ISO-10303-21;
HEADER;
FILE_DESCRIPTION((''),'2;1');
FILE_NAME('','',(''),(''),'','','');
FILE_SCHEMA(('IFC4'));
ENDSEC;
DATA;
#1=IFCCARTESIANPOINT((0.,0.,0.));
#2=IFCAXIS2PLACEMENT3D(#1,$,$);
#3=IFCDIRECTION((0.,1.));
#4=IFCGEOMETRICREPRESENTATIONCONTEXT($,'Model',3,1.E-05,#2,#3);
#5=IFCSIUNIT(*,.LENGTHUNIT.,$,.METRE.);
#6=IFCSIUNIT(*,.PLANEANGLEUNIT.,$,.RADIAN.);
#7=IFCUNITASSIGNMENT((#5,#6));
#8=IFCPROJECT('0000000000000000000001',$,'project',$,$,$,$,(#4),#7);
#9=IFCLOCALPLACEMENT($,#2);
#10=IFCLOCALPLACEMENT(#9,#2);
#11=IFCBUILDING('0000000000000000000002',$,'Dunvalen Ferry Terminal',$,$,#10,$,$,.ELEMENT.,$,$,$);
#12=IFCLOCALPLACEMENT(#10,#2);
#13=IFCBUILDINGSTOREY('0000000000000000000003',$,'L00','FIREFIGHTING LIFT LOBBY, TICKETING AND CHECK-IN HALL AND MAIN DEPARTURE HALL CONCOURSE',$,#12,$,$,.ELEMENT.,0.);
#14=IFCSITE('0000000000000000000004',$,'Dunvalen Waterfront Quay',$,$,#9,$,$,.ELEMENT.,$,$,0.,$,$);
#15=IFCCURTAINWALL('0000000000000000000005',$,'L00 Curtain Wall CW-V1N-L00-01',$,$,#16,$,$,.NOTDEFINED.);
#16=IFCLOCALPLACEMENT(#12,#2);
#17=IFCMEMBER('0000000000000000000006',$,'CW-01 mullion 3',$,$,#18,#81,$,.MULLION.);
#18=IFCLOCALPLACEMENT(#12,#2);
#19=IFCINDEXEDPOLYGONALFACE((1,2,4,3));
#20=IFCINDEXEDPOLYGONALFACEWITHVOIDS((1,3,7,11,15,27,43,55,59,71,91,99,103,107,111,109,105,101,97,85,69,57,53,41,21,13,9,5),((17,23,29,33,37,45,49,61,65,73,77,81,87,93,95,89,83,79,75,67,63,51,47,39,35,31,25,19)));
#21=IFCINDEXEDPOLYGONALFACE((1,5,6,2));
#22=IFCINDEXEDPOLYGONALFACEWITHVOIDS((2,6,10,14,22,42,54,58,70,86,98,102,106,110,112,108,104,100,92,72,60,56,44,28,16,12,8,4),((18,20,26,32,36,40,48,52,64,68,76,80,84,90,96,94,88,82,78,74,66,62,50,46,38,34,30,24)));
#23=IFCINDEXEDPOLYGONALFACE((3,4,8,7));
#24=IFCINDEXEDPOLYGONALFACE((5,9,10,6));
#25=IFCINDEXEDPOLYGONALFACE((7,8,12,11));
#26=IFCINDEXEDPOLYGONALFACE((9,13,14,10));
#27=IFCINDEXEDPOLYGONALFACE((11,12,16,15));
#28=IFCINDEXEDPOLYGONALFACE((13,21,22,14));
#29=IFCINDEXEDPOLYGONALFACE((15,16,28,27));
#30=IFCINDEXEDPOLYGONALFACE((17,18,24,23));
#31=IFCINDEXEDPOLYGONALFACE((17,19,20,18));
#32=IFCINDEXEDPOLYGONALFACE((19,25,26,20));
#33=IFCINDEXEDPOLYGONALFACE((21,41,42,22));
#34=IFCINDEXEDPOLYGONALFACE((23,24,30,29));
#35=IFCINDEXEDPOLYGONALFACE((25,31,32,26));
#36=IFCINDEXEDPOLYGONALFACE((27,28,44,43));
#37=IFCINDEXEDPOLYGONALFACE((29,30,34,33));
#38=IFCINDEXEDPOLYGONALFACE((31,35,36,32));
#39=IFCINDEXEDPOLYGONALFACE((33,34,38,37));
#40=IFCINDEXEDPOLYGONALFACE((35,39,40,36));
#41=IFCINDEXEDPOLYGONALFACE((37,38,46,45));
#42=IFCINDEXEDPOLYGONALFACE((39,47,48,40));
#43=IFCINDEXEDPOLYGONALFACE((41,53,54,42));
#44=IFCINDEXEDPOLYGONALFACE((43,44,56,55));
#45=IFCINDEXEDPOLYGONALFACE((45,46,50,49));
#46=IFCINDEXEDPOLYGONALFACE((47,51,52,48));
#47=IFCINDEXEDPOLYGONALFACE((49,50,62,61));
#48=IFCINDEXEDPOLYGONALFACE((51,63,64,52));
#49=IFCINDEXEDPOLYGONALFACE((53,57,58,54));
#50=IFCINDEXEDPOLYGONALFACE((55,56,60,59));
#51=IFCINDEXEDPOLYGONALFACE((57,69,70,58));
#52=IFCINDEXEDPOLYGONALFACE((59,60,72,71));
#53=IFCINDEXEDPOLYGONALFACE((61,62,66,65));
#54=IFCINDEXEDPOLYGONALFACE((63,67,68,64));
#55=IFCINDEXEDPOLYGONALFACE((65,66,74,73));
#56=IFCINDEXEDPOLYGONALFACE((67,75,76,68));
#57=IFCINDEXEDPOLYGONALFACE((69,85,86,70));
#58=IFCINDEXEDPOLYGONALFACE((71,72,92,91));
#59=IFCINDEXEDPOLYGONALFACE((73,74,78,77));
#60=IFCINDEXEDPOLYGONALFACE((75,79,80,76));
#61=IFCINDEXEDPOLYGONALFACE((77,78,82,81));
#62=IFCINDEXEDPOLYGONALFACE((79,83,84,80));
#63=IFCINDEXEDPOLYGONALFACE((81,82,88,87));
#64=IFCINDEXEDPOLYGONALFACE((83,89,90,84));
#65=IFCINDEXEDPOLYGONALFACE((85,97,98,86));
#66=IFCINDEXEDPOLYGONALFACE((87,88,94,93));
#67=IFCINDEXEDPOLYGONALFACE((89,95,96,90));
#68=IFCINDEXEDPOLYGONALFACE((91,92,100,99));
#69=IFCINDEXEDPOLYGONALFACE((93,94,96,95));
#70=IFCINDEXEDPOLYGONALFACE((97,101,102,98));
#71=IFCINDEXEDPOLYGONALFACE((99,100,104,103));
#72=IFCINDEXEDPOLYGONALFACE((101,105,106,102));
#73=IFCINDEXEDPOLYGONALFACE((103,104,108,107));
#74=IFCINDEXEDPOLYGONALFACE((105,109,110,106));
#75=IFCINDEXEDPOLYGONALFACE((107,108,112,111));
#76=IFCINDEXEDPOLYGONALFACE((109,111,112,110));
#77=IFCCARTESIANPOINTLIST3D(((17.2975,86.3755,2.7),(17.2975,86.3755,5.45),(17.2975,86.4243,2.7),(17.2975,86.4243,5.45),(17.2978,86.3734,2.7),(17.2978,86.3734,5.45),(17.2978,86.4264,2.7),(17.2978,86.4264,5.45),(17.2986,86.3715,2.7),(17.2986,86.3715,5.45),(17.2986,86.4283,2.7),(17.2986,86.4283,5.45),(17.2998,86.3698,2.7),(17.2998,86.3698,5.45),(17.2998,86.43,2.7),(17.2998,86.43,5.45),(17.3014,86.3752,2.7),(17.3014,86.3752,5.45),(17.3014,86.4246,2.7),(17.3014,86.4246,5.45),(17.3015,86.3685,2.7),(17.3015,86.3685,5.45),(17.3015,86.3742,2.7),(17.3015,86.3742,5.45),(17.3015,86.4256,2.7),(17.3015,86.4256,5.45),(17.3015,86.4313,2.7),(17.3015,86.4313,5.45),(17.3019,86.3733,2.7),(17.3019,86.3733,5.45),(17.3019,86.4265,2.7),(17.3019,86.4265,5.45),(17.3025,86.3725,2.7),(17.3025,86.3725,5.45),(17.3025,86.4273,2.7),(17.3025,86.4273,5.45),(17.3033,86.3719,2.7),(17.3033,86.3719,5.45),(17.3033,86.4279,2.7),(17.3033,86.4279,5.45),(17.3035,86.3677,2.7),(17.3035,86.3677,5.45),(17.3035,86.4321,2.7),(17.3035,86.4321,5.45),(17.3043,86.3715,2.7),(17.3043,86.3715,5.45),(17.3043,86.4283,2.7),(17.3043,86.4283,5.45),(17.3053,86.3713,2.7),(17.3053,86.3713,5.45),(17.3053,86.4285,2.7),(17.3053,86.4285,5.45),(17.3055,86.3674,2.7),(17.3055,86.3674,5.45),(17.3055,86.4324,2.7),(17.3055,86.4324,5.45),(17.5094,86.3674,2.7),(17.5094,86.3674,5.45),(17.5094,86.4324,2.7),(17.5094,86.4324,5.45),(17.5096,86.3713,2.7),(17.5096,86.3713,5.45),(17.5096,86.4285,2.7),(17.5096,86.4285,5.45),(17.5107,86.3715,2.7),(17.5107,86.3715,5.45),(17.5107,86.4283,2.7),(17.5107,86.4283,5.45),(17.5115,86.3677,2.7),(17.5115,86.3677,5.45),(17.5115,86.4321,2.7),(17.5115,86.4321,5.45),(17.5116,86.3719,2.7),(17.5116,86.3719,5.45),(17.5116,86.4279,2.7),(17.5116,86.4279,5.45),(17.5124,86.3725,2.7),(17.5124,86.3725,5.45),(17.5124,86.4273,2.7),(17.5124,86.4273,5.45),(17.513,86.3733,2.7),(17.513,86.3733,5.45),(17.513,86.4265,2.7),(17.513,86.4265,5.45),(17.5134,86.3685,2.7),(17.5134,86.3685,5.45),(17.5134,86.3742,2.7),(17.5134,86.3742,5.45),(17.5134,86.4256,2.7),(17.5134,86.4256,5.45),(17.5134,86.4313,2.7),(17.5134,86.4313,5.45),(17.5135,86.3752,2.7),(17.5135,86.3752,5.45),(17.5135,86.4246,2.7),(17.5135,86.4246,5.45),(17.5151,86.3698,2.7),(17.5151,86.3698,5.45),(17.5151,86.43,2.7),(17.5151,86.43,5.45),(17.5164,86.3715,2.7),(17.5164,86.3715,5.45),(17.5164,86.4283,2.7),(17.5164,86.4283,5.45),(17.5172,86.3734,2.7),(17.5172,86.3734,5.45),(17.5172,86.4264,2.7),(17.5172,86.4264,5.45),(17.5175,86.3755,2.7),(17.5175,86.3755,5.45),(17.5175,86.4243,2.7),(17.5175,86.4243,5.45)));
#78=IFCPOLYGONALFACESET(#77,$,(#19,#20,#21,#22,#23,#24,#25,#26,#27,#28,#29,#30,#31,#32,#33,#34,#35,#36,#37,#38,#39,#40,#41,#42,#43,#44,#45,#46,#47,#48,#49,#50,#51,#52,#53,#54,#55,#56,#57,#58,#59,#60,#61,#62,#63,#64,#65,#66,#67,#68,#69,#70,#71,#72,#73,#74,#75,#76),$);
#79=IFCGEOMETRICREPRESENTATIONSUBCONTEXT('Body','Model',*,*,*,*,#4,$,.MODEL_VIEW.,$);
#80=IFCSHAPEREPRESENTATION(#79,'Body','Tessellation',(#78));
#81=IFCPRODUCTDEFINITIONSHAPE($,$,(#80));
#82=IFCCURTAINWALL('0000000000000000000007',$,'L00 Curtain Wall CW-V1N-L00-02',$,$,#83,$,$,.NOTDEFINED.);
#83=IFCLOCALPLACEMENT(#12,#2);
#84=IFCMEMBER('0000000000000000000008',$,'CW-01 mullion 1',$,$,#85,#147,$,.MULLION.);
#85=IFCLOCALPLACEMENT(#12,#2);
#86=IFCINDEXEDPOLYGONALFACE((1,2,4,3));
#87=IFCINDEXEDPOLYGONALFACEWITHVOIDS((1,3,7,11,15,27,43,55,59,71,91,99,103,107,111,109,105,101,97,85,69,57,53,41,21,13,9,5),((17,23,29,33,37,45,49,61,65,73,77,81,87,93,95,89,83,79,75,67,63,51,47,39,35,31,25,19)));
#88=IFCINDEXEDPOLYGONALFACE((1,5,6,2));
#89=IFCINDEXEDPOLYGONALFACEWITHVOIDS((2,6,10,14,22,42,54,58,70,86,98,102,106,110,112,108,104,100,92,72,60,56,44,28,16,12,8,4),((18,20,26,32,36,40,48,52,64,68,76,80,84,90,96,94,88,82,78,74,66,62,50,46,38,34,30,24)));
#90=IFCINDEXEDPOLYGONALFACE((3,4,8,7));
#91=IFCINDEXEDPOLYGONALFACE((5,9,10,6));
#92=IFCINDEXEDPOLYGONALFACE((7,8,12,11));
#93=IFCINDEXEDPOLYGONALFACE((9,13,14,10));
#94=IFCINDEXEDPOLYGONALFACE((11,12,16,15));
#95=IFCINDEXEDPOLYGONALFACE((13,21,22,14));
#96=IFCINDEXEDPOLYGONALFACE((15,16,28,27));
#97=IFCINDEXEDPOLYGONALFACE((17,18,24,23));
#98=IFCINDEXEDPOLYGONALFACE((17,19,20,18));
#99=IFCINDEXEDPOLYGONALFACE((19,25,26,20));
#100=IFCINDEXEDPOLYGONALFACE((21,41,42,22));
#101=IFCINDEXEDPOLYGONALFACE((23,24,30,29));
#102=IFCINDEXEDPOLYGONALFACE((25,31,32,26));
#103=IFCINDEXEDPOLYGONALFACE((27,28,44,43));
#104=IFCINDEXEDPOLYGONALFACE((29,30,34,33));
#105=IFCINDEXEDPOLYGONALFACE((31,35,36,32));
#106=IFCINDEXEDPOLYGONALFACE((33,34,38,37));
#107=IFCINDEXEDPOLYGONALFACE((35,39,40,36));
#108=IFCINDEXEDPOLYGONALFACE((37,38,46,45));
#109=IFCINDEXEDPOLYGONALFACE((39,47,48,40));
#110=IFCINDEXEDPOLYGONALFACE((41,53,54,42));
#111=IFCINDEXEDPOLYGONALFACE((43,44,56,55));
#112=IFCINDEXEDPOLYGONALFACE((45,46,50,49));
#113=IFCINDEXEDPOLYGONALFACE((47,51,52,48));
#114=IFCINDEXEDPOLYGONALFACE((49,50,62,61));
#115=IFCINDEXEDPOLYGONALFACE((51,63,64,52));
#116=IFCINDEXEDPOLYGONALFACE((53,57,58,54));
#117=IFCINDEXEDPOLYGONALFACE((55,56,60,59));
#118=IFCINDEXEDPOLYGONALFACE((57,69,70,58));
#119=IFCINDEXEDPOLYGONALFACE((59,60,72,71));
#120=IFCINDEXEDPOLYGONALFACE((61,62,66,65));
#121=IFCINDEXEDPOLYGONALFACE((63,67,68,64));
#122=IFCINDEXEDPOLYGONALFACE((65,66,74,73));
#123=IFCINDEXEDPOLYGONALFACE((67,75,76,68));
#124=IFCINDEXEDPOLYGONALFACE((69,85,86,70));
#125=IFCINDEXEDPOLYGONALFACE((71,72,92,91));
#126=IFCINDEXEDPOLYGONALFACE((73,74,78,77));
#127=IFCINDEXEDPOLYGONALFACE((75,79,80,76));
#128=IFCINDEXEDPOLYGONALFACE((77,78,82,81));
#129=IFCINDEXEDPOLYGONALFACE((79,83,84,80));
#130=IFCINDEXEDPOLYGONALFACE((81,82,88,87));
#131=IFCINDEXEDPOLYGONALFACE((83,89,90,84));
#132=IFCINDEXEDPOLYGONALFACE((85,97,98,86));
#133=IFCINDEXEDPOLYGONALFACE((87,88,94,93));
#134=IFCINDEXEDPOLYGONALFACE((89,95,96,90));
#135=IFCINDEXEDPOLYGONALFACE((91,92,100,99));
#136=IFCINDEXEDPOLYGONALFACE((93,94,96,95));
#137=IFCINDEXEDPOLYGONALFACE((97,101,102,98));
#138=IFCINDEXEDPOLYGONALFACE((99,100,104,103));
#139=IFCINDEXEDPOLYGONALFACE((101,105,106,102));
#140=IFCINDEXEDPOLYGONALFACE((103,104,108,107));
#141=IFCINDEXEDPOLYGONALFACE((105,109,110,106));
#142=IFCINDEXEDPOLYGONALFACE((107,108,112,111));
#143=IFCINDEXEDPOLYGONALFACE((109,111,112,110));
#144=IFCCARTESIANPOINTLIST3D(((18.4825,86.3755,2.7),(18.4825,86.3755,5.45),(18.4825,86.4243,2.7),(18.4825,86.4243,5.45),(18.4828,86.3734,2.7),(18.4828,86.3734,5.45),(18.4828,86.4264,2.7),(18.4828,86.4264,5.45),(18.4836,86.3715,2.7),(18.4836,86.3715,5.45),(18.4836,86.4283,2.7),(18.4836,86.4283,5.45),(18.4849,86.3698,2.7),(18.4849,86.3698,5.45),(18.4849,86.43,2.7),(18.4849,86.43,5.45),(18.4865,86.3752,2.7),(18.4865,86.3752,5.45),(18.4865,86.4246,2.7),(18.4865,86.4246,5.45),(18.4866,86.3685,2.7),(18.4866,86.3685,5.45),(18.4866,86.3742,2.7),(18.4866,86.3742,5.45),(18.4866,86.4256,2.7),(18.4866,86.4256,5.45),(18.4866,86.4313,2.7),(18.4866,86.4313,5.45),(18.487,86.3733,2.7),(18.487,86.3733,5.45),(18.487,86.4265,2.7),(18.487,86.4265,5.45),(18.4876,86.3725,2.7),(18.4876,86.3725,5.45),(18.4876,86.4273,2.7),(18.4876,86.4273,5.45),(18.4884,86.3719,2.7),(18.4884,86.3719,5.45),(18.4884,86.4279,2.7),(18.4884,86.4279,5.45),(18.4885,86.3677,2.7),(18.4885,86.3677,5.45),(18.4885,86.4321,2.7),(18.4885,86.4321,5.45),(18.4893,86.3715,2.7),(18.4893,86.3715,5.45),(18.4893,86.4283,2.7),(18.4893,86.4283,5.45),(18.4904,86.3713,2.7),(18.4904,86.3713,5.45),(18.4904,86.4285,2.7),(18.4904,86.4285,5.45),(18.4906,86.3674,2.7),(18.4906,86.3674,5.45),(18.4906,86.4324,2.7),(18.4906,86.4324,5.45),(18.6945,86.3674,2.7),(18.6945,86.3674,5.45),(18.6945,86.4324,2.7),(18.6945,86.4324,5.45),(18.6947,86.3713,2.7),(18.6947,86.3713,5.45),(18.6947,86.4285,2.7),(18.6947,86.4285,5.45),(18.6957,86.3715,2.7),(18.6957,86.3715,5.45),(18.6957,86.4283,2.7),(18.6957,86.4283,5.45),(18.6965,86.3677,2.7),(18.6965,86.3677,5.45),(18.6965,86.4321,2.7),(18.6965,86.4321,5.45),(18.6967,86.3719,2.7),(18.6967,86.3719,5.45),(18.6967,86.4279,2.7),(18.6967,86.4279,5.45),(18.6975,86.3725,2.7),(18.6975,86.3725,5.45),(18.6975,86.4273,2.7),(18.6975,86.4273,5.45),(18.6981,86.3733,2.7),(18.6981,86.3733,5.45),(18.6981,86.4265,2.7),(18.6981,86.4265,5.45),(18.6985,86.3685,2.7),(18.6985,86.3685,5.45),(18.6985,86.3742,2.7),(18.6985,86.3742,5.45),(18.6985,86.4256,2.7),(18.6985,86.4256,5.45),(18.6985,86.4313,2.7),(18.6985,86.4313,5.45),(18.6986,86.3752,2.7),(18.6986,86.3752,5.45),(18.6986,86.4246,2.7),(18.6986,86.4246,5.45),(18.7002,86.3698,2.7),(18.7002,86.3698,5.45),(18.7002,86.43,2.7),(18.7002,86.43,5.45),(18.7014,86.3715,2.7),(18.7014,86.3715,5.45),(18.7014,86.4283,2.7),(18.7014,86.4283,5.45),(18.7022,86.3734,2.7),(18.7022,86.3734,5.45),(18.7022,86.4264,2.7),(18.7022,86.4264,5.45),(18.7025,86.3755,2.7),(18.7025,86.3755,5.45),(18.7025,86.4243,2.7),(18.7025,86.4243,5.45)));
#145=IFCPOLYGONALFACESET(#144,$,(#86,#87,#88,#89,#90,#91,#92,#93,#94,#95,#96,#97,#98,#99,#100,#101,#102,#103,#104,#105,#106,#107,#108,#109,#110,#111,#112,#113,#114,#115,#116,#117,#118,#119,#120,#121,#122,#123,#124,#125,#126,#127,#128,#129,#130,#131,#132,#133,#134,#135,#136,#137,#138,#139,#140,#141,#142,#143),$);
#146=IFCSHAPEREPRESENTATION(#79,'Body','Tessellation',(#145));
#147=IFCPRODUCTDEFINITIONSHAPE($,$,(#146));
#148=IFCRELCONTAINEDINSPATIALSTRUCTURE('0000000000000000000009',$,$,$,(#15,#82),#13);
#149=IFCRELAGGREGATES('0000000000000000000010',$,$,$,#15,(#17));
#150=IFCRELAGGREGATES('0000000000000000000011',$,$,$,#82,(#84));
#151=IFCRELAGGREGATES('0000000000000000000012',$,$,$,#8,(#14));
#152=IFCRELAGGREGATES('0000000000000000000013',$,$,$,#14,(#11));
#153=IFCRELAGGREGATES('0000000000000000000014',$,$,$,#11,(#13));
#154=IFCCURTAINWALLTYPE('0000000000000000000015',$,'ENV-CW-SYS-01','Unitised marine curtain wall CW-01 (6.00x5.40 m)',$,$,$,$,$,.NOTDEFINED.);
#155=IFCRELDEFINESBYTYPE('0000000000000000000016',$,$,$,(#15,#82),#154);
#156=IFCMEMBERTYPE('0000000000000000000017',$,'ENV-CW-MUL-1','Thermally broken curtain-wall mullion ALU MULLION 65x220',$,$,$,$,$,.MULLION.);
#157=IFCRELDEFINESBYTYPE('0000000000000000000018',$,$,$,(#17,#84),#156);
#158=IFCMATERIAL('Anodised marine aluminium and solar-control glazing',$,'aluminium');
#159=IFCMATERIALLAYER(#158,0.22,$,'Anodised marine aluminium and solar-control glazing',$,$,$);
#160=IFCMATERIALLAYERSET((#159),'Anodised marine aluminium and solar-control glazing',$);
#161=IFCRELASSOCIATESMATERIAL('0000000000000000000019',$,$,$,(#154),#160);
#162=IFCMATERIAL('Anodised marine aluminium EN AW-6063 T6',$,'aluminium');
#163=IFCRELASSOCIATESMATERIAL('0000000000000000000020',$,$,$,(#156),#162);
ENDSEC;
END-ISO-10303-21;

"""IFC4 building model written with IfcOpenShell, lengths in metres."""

from ifc_helpers import new_model, si_unit, direction, frame, origin, origin_2d, place, context, subcontext, project, spatial, hollow_rectangle, extrude, material, layer, layer_set, material_profile, profile_set, type_object, element, aggregate, save


model = new_model("IFC4")

# Units and contexts
model_context = context("Model", 3, precision=1e-05, world=origin(), true_north=direction((0.0, 1.0)))
body_context = subcontext(model_context, "Body", "Model", "MODEL_VIEW")
ifc_project = project(units=[si_unit("LENGTHUNIT", "METRE"), si_unit("PLANEANGLEUNIT", "RADIAN")], contexts=[model_context])

# Site, building, storey
site_placement = place(None, origin())
site = spatial("IfcSite", under=ifc_project, at=site_placement, Name="Dunvalen Waterfront Quay", CompositionType="ELEMENT", RefElevation=0.0)
building_placement = place(site_placement, origin())
building = spatial("IfcBuilding", under=site, at=building_placement, Name="Dunvalen Ferry Terminal", CompositionType="ELEMENT")
storey_placement = place(building_placement, origin())
storey = spatial("IfcBuildingStorey", under=building, at=storey_placement, Name="L00", Description="FIREFIGHTING LIFT LOBBY, TICKETING AND CHECK-IN HALL AND MAIN DEPARTURE HALL CONCOURSE", CompositionType="ELEMENT", Elevation=0.0)

# Curtain walls, members
ifc_material_1 = material(Name="Anodised marine aluminium and solar-control glazing", Category="aluminium")
ifc_layer_1 = layer(ifc_material_1, 0.22, Name="Anodised marine aluminium and solar-control glazing")
ifc_layer_set_1 = layer_set([ifc_layer_1], Name="Anodised marine aluminium and solar-control glazing")
curtain_wall_type = type_object("IfcCurtainWallType", Name="ENV-CW-SYS-01", Description="Unitised marine curtain wall CW-01 (6.00x5.40 m)", PredefinedType="NOTDEFINED", material=ifc_layer_set_1)
curtain_wall_1_placement = place(storey_placement, origin())
curtain_wall_1 = element("IfcCurtainWall", 1, at=curtain_wall_1_placement, inside=storey, type_object=curtain_wall_type, Name="L00 Curtain Wall CW-V1N-L00-01", PredefinedType="NOTDEFINED")
ifc_material_2 = material(Name="Anodised marine aluminium EN AW-6063 T6", Category="aluminium")
ifc_material_profile_1 = material_profile(ifc_material_2, hollow_rectangle(XDim=0.0649, YDim=0.22, WallThickness=0.0039, InnerFilletRadius=0.0039, OuterFilletRadius=0.0081, at=origin_2d()), Name="Anodised marine aluminium EN AW-6063 T6")
ifc_profile_set_1 = profile_set([ifc_material_profile_1], Name="Anodised marine aluminium EN AW-6063 T6")
member_type_1 = type_object("IfcMemberType", Name="ENV-CW-MUL-1", Description="Thermally broken curtain-wall mullion ALU MULLION 65x220", PredefinedType="MULLION", material=ifc_profile_set_1)
member_1_placement = place(storey_placement, frame((17.4075, 86.3999, 2.7), z_axis=(0.0, 0.0, 1.0), x_axis=(0.0, 1.0, 0.0)))
member_1 = element("IfcMember", 2, at=member_1_placement, type_object=member_type_1, Name="CW-01 mullion 3", PredefinedType="MULLION", context=body_context, shape_type="SweptSolid", body=[
    extrude(hollow_rectangle(XDim=0.0649, YDim=0.22, WallThickness=0.0039, InnerFilletRadius=0.0039, OuterFilletRadius=0.0081, at=origin_2d()), origin(), (0.0, 0.0, 1.0), 2.75),
])
curtain_wall_2_placement = place(storey_placement, origin())
curtain_wall_2 = element("IfcCurtainWall", 3, at=curtain_wall_2_placement, inside=storey, type_object=curtain_wall_type, Name="L00 Curtain Wall CW-V1N-L00-02", PredefinedType="NOTDEFINED")
member_2_placement = place(storey_placement, frame((18.5925, 86.3999, 2.7), z_axis=(0.0, 0.0, 1.0), x_axis=(0.0, 1.0, 0.0)))
member_2 = element("IfcMember", 4, at=member_2_placement, type_object=member_type_1, Name="CW-01 mullion 1", PredefinedType="MULLION", context=body_context, shape_type="SweptSolid", body=[
    extrude(hollow_rectangle(XDim=0.0649, YDim=0.22, WallThickness=0.0039, InnerFilletRadius=0.0039, OuterFilletRadius=0.0081, at=origin_2d()), origin(), (0.0, 0.0, 1.0), 2.75),
])

aggregate(curtain_wall_1, [member_1])
aggregate(curtain_wall_2, [member_2])

save(model, "model.ifc")
